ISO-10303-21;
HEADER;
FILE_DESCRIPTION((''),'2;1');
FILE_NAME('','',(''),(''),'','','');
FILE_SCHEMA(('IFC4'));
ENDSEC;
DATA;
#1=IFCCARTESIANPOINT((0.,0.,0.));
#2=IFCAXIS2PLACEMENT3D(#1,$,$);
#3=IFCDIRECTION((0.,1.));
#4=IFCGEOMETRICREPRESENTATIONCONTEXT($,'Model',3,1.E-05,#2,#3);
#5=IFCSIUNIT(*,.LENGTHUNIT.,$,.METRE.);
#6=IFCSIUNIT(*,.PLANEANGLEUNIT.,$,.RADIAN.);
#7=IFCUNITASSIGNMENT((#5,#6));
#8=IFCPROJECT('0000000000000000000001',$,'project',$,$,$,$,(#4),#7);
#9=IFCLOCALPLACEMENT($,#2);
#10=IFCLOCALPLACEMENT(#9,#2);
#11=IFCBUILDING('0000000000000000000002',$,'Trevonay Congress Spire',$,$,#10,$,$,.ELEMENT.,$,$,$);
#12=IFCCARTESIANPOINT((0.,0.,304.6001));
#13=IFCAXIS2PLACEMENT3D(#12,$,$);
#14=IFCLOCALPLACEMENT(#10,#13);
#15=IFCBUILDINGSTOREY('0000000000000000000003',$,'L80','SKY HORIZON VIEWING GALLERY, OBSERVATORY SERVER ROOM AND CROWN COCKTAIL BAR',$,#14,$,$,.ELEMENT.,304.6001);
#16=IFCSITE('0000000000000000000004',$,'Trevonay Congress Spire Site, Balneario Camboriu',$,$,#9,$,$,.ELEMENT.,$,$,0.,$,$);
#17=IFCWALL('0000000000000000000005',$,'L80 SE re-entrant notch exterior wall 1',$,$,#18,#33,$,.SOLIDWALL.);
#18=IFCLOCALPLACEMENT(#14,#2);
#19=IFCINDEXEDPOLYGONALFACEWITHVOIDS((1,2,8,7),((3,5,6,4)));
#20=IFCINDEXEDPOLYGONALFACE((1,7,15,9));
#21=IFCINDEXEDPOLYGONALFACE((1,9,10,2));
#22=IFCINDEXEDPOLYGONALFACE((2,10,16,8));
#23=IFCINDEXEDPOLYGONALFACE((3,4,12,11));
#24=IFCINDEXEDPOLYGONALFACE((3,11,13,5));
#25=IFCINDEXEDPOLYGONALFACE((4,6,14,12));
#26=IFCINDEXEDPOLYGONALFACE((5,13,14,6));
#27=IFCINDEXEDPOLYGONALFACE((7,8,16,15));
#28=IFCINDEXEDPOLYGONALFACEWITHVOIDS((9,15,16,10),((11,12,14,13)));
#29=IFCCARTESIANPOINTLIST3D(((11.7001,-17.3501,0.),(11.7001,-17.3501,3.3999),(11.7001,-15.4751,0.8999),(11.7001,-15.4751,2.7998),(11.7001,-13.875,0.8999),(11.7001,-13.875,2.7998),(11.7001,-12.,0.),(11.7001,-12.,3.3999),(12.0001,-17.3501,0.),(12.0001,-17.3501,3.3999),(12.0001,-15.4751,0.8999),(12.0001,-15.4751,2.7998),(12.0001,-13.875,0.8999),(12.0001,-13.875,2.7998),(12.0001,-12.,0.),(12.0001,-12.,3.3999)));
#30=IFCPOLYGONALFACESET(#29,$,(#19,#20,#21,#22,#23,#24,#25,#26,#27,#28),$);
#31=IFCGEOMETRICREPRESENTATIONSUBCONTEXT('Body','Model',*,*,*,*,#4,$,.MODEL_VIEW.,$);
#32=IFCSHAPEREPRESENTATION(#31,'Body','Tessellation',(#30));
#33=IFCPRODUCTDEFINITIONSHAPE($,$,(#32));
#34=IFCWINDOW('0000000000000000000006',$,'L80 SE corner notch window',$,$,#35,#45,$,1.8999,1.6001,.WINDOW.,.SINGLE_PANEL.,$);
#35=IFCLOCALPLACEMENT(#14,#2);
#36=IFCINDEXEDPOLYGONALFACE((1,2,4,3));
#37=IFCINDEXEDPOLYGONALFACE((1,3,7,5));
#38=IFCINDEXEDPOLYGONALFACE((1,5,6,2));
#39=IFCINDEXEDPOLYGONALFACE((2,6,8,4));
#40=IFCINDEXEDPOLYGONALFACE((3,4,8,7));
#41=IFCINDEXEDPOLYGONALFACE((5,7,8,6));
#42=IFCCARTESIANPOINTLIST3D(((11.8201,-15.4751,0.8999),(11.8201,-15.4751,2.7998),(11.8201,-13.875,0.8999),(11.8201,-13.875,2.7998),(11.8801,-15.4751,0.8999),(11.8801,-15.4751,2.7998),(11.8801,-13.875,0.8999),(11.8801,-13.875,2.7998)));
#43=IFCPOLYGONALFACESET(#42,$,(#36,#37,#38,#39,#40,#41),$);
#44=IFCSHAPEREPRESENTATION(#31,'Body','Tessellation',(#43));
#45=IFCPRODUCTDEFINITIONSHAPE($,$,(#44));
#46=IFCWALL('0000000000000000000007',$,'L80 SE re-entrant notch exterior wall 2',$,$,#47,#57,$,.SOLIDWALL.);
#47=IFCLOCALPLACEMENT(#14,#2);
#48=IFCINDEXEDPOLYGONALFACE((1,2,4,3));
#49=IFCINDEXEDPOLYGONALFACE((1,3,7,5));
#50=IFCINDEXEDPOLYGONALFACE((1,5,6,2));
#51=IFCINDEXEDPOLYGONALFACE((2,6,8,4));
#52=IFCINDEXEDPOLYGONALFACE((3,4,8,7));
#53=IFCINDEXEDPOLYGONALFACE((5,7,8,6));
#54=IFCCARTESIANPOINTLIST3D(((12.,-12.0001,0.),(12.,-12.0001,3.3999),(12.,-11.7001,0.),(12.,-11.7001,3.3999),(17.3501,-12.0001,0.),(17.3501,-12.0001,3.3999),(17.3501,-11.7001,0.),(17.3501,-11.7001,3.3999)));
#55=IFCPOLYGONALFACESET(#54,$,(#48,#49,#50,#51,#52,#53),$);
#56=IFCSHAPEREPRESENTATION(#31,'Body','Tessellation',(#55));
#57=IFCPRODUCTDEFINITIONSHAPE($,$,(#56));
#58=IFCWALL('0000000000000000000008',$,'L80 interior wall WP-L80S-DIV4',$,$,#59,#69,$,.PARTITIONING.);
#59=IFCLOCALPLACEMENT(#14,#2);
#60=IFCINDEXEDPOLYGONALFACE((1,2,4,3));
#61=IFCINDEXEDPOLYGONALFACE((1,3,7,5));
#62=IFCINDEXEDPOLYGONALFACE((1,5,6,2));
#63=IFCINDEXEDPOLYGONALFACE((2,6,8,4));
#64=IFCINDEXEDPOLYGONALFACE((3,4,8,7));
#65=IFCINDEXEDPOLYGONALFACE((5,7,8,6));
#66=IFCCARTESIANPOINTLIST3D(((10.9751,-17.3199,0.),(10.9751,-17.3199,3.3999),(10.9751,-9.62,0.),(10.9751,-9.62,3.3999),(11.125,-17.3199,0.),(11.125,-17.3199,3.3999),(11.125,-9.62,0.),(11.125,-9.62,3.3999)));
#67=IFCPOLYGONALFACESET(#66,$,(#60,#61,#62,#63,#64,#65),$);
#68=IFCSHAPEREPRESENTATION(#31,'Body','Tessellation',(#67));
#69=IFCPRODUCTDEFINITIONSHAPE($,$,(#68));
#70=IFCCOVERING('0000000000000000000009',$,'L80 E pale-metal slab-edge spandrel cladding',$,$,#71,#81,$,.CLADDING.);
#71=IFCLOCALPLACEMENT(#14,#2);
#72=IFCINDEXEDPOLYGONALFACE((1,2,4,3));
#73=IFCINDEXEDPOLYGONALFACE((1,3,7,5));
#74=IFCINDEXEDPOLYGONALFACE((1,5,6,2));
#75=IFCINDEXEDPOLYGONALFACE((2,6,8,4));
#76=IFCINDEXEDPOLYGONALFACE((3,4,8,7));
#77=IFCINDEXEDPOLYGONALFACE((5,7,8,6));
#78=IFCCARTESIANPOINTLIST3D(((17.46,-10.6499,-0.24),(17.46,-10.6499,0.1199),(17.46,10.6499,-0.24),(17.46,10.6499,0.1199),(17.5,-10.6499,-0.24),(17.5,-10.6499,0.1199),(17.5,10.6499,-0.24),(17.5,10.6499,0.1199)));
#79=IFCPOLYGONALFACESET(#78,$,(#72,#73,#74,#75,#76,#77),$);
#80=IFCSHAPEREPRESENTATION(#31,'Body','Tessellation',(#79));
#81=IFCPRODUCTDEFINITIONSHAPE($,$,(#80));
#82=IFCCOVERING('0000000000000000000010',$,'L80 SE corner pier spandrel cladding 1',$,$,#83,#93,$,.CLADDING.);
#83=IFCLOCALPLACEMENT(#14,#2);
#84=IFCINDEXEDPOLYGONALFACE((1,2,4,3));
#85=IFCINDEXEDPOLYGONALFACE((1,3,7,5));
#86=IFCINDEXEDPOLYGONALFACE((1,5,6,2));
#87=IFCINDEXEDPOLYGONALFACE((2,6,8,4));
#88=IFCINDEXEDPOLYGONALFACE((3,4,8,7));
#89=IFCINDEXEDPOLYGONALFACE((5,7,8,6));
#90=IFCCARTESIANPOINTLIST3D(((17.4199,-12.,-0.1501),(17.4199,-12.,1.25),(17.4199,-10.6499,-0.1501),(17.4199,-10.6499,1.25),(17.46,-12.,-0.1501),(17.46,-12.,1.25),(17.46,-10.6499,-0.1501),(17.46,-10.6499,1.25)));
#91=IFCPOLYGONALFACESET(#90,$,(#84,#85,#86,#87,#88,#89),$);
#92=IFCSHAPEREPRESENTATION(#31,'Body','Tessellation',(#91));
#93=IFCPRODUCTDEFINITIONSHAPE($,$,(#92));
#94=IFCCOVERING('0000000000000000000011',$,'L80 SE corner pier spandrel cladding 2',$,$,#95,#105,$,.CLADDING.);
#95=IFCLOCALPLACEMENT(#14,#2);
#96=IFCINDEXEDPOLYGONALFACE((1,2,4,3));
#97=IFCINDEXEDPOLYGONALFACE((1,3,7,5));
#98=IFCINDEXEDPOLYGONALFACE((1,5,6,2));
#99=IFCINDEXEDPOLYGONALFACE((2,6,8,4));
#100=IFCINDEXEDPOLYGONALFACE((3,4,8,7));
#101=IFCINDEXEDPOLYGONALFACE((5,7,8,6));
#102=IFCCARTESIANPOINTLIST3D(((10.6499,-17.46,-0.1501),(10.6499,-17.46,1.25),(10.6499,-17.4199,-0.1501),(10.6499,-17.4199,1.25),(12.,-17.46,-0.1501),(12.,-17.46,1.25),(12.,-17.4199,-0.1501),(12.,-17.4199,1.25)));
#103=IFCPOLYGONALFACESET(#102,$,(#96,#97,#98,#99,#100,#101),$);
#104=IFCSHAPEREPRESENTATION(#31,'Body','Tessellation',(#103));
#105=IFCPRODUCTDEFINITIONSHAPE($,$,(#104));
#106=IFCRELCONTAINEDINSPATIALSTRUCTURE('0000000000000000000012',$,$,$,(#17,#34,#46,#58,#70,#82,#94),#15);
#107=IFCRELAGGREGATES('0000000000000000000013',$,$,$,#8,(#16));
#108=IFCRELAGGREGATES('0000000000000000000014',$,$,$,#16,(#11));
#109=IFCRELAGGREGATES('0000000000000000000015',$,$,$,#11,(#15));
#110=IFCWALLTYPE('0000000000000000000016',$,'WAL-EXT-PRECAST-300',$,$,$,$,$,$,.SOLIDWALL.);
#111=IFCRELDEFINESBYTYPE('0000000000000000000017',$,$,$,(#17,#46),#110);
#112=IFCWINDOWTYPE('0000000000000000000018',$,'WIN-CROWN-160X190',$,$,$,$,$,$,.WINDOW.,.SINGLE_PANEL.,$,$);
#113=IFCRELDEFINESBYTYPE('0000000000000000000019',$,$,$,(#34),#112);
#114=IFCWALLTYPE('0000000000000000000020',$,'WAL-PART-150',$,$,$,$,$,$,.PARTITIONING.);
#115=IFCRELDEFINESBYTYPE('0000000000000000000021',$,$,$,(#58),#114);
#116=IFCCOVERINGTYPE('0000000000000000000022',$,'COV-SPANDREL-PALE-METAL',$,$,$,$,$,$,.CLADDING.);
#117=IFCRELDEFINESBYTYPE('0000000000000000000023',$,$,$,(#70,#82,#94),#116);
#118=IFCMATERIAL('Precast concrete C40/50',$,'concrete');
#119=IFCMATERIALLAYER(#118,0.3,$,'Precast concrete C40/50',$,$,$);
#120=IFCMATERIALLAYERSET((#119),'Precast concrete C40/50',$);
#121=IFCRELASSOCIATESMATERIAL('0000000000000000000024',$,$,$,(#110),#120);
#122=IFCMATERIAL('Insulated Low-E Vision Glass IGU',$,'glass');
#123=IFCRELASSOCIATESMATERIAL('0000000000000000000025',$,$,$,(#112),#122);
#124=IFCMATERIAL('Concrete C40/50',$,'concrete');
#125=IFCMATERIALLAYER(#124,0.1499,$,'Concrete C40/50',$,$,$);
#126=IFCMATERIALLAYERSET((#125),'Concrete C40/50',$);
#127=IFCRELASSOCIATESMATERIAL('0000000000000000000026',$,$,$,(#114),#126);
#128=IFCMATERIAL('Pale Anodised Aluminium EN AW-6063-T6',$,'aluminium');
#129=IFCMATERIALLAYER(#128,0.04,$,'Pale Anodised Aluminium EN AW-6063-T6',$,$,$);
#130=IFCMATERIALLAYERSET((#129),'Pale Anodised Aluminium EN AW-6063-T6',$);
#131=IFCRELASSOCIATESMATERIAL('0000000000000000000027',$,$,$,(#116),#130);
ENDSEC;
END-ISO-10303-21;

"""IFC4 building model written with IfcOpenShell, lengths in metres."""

from ifc_helpers import new_model, si_unit, direction, frame, frame_2d, origin, place, context, subcontext, project, spatial, rectangle, extrude, material, layer, layer_set, type_object, element, fill, save


model = new_model("IFC4")

# Units and contexts
model_context = context("Model", 3, precision=1e-05, world=origin(), true_north=direction((0.0, 1.0)))
body_context = subcontext(model_context, "Body", "Model", "MODEL_VIEW")
ifc_project = project(units=[si_unit("LENGTHUNIT", "METRE"), si_unit("PLANEANGLEUNIT", "RADIAN")], contexts=[model_context])

# Site, building, storey
site_placement = place(None, origin())
site = spatial("IfcSite", under=ifc_project, at=site_placement, Name="Trevonay Congress Spire Site, Balneario Camboriu", CompositionType="ELEMENT", RefElevation=0.0)
building_placement = place(site_placement, origin())
building = spatial("IfcBuilding", under=site, at=building_placement, Name="Trevonay Congress Spire", CompositionType="ELEMENT")
storey_placement = place(building_placement, frame((0.0, 0.0, 304.6001)))
storey = spatial("IfcBuildingStorey", under=building, at=storey_placement, Name="L80", Description="SKY HORIZON VIEWING GALLERY, OBSERVATORY SERVER ROOM AND CROWN COCKTAIL BAR", CompositionType="ELEMENT", Elevation=304.6001)

# Shared definitions
ifc_material_1 = material(Name="Pale Anodised Aluminium EN AW-6063-T6", Category="aluminium")

# Shared definitions
ifc_material_2 = material(Name="Insulated Low-E Vision Glass IGU", Category="glass")

# Wall, opening, window
ifc_material_3 = material(Name="Precast concrete C40/50", Category="concrete")
ifc_layer_1 = layer(ifc_material_3, 0.3, Name="Precast concrete C40/50")
ifc_layer_set_1 = layer_set([ifc_layer_1], Name="Precast concrete C40/50")
wall_type_1 = type_object("IfcWallType", Name="WAL-EXT-PRECAST-300", PredefinedType="SOLIDWALL", material=ifc_layer_set_1)
wall_1_placement = place(storey_placement, frame((11.8501, -17.3501, 0.0), z_axis=(0.0, 0.0, 1.0), x_axis=(0.0, 1.0, 0.0)))
wall_1 = element("IfcWall", 1, at=wall_1_placement, inside=storey, type_object=wall_type_1, Name="L80 SE re-entrant notch exterior wall 1", PredefinedType="SOLIDWALL", context=body_context, shape_type="SweptSolid", body=[
    extrude(rectangle(XDim=5.3501, YDim=0.3, at=frame_2d((2.675, 0.0))), origin(), (0.0, 0.0, 1.0), 3.3999),
])
opening_placement = place(wall_1_placement, frame((1.875, 0.0, 0.8999)))
opening = element("IfcOpeningElement", 2, at=opening_placement, cuts=wall_1, PredefinedType="OPENING", context=body_context, shape_type="SweptSolid", body=[
    extrude(rectangle(XDim=1.6001, YDim=1.8999, at=frame_2d((0.8, 0.95))), frame((0.0, 0.1602, 0.0), z_axis=(0.0, -1.0, 0.0), x_axis=(1.0, 0.0, 0.0)), (0.0, 0.0, 1.0), 0.3201),
])
window_type = type_object("IfcWindowType", Name="WIN-CROWN-160X190", PartitioningType="SINGLE_PANEL", PredefinedType="WINDOW", material=ifc_material_2)
window_placement = place(opening_placement, origin())
window = element("IfcWindow", 3, at=window_placement, inside=storey, type_object=window_type, Name="L80 SE corner notch window", OverallHeight=1.8999, OverallWidth=1.6001, PartitioningType="SINGLE_PANEL", PredefinedType="WINDOW", context=body_context, shape_type="SweptSolid", body=[
    extrude(rectangle(XDim=1.6001, YDim=1.8999, at=frame_2d((0.8, 0.95))), frame((0.0, 0.03, 0.0), z_axis=(0.0, -1.0, 0.0), x_axis=(1.0, 0.0, 0.0)), (0.0, 0.0, 1.0), 0.0601),
])
fill(opening, window)

# Walls
wall_2_placement = place(storey_placement, frame((17.3501, -11.8501, 0.0), z_axis=(0.0, 0.0, 1.0), x_axis=(-1.0, 0.0, 0.0)))
element("IfcWall", 4, at=wall_2_placement, inside=storey, type_object=wall_type_1, Name="L80 SE re-entrant notch exterior wall 2", PredefinedType="SOLIDWALL", context=body_context, shape_type="SweptSolid", body=[
    extrude(rectangle(XDim=5.3501, YDim=0.3, at=frame_2d((2.675, 0.0))), origin(), (0.0, 0.0, 1.0), 3.3999),
])
ifc_material_4 = material(Name="Concrete C40/50", Category="concrete")
ifc_layer_2 = layer(ifc_material_4, 0.1499, Name="Concrete C40/50")
ifc_layer_set_2 = layer_set([ifc_layer_2], Name="Concrete C40/50")
wall_type_2 = type_object("IfcWallType", Name="WAL-PART-150", PredefinedType="PARTITIONING", material=ifc_layer_set_2)
wall_3_placement = place(storey_placement, frame((11.05, -17.3201, 0.0), z_axis=(0.0, 0.0, 1.0), x_axis=(0.0, 1.0, 0.0)))
element("IfcWall", 5, at=wall_3_placement, inside=storey, type_object=wall_type_2, Name="L80 interior wall WP-L80S-DIV4", PredefinedType="PARTITIONING", context=body_context, shape_type="SweptSolid", body=[
    extrude(rectangle(XDim=7.7, YDim=0.1499, at=frame_2d((3.8501, 0.0))), origin(), (0.0, 0.0, 1.0), 3.3999),
])

# Coverings
ifc_layer_3 = layer(ifc_material_1, 0.04, Name="Pale Anodised Aluminium EN AW-6063-T6")
ifc_layer_set_3 = layer_set([ifc_layer_3], Name="Pale Anodised Aluminium EN AW-6063-T6")
covering_type = type_object("IfcCoveringType", Name="COV-SPANDREL-PALE-METAL", PredefinedType="CLADDING", material=ifc_layer_set_3)
covering_placement = place(storey_placement, frame((17.48, -10.6499, -0.24), z_axis=(0.0, 0.0, 1.0), x_axis=(0.0, 1.0, 0.0)))
element("IfcCovering", 6, at=covering_placement, inside=storey, type_object=covering_type, Name="L80 E pale-metal slab-edge spandrel cladding", PredefinedType="CLADDING", context=body_context, shape_type="SweptSolid", body=[
    extrude(rectangle(XDim=21.2998, YDim=0.04, at=frame_2d((10.6499, 0.0))), origin(), (0.0, 0.0, 1.0), 0.3599),
])
for number, where, z_axis, x_axis, name in (
    (7, (17.4399, -10.6499, -0.1501), (0.0, 0.0, 1.0), (0.0, -1.0, 0.0), "L80 SE corner pier spandrel cladding 1"),
    (8, (10.6499, -17.4399, -0.1501), (0.0, 0.0, 1.0), (1.0, 0.0, 0.0), "L80 SE corner pier spandrel cladding 2"),
):
    element("IfcCovering", number, at=place(storey_placement, frame(where, z_axis=z_axis, x_axis=x_axis)), inside=storey, type_object=covering_type, Name=name, PredefinedType="CLADDING", context=body_context, shape_type="SweptSolid", body=[
        extrude(rectangle(XDim=1.3501, YDim=0.04, at=frame_2d((0.675, 0.0))), origin(), (0.0, 0.0, 1.0), 1.4001),
    ])

save(model, "model.ifc")
